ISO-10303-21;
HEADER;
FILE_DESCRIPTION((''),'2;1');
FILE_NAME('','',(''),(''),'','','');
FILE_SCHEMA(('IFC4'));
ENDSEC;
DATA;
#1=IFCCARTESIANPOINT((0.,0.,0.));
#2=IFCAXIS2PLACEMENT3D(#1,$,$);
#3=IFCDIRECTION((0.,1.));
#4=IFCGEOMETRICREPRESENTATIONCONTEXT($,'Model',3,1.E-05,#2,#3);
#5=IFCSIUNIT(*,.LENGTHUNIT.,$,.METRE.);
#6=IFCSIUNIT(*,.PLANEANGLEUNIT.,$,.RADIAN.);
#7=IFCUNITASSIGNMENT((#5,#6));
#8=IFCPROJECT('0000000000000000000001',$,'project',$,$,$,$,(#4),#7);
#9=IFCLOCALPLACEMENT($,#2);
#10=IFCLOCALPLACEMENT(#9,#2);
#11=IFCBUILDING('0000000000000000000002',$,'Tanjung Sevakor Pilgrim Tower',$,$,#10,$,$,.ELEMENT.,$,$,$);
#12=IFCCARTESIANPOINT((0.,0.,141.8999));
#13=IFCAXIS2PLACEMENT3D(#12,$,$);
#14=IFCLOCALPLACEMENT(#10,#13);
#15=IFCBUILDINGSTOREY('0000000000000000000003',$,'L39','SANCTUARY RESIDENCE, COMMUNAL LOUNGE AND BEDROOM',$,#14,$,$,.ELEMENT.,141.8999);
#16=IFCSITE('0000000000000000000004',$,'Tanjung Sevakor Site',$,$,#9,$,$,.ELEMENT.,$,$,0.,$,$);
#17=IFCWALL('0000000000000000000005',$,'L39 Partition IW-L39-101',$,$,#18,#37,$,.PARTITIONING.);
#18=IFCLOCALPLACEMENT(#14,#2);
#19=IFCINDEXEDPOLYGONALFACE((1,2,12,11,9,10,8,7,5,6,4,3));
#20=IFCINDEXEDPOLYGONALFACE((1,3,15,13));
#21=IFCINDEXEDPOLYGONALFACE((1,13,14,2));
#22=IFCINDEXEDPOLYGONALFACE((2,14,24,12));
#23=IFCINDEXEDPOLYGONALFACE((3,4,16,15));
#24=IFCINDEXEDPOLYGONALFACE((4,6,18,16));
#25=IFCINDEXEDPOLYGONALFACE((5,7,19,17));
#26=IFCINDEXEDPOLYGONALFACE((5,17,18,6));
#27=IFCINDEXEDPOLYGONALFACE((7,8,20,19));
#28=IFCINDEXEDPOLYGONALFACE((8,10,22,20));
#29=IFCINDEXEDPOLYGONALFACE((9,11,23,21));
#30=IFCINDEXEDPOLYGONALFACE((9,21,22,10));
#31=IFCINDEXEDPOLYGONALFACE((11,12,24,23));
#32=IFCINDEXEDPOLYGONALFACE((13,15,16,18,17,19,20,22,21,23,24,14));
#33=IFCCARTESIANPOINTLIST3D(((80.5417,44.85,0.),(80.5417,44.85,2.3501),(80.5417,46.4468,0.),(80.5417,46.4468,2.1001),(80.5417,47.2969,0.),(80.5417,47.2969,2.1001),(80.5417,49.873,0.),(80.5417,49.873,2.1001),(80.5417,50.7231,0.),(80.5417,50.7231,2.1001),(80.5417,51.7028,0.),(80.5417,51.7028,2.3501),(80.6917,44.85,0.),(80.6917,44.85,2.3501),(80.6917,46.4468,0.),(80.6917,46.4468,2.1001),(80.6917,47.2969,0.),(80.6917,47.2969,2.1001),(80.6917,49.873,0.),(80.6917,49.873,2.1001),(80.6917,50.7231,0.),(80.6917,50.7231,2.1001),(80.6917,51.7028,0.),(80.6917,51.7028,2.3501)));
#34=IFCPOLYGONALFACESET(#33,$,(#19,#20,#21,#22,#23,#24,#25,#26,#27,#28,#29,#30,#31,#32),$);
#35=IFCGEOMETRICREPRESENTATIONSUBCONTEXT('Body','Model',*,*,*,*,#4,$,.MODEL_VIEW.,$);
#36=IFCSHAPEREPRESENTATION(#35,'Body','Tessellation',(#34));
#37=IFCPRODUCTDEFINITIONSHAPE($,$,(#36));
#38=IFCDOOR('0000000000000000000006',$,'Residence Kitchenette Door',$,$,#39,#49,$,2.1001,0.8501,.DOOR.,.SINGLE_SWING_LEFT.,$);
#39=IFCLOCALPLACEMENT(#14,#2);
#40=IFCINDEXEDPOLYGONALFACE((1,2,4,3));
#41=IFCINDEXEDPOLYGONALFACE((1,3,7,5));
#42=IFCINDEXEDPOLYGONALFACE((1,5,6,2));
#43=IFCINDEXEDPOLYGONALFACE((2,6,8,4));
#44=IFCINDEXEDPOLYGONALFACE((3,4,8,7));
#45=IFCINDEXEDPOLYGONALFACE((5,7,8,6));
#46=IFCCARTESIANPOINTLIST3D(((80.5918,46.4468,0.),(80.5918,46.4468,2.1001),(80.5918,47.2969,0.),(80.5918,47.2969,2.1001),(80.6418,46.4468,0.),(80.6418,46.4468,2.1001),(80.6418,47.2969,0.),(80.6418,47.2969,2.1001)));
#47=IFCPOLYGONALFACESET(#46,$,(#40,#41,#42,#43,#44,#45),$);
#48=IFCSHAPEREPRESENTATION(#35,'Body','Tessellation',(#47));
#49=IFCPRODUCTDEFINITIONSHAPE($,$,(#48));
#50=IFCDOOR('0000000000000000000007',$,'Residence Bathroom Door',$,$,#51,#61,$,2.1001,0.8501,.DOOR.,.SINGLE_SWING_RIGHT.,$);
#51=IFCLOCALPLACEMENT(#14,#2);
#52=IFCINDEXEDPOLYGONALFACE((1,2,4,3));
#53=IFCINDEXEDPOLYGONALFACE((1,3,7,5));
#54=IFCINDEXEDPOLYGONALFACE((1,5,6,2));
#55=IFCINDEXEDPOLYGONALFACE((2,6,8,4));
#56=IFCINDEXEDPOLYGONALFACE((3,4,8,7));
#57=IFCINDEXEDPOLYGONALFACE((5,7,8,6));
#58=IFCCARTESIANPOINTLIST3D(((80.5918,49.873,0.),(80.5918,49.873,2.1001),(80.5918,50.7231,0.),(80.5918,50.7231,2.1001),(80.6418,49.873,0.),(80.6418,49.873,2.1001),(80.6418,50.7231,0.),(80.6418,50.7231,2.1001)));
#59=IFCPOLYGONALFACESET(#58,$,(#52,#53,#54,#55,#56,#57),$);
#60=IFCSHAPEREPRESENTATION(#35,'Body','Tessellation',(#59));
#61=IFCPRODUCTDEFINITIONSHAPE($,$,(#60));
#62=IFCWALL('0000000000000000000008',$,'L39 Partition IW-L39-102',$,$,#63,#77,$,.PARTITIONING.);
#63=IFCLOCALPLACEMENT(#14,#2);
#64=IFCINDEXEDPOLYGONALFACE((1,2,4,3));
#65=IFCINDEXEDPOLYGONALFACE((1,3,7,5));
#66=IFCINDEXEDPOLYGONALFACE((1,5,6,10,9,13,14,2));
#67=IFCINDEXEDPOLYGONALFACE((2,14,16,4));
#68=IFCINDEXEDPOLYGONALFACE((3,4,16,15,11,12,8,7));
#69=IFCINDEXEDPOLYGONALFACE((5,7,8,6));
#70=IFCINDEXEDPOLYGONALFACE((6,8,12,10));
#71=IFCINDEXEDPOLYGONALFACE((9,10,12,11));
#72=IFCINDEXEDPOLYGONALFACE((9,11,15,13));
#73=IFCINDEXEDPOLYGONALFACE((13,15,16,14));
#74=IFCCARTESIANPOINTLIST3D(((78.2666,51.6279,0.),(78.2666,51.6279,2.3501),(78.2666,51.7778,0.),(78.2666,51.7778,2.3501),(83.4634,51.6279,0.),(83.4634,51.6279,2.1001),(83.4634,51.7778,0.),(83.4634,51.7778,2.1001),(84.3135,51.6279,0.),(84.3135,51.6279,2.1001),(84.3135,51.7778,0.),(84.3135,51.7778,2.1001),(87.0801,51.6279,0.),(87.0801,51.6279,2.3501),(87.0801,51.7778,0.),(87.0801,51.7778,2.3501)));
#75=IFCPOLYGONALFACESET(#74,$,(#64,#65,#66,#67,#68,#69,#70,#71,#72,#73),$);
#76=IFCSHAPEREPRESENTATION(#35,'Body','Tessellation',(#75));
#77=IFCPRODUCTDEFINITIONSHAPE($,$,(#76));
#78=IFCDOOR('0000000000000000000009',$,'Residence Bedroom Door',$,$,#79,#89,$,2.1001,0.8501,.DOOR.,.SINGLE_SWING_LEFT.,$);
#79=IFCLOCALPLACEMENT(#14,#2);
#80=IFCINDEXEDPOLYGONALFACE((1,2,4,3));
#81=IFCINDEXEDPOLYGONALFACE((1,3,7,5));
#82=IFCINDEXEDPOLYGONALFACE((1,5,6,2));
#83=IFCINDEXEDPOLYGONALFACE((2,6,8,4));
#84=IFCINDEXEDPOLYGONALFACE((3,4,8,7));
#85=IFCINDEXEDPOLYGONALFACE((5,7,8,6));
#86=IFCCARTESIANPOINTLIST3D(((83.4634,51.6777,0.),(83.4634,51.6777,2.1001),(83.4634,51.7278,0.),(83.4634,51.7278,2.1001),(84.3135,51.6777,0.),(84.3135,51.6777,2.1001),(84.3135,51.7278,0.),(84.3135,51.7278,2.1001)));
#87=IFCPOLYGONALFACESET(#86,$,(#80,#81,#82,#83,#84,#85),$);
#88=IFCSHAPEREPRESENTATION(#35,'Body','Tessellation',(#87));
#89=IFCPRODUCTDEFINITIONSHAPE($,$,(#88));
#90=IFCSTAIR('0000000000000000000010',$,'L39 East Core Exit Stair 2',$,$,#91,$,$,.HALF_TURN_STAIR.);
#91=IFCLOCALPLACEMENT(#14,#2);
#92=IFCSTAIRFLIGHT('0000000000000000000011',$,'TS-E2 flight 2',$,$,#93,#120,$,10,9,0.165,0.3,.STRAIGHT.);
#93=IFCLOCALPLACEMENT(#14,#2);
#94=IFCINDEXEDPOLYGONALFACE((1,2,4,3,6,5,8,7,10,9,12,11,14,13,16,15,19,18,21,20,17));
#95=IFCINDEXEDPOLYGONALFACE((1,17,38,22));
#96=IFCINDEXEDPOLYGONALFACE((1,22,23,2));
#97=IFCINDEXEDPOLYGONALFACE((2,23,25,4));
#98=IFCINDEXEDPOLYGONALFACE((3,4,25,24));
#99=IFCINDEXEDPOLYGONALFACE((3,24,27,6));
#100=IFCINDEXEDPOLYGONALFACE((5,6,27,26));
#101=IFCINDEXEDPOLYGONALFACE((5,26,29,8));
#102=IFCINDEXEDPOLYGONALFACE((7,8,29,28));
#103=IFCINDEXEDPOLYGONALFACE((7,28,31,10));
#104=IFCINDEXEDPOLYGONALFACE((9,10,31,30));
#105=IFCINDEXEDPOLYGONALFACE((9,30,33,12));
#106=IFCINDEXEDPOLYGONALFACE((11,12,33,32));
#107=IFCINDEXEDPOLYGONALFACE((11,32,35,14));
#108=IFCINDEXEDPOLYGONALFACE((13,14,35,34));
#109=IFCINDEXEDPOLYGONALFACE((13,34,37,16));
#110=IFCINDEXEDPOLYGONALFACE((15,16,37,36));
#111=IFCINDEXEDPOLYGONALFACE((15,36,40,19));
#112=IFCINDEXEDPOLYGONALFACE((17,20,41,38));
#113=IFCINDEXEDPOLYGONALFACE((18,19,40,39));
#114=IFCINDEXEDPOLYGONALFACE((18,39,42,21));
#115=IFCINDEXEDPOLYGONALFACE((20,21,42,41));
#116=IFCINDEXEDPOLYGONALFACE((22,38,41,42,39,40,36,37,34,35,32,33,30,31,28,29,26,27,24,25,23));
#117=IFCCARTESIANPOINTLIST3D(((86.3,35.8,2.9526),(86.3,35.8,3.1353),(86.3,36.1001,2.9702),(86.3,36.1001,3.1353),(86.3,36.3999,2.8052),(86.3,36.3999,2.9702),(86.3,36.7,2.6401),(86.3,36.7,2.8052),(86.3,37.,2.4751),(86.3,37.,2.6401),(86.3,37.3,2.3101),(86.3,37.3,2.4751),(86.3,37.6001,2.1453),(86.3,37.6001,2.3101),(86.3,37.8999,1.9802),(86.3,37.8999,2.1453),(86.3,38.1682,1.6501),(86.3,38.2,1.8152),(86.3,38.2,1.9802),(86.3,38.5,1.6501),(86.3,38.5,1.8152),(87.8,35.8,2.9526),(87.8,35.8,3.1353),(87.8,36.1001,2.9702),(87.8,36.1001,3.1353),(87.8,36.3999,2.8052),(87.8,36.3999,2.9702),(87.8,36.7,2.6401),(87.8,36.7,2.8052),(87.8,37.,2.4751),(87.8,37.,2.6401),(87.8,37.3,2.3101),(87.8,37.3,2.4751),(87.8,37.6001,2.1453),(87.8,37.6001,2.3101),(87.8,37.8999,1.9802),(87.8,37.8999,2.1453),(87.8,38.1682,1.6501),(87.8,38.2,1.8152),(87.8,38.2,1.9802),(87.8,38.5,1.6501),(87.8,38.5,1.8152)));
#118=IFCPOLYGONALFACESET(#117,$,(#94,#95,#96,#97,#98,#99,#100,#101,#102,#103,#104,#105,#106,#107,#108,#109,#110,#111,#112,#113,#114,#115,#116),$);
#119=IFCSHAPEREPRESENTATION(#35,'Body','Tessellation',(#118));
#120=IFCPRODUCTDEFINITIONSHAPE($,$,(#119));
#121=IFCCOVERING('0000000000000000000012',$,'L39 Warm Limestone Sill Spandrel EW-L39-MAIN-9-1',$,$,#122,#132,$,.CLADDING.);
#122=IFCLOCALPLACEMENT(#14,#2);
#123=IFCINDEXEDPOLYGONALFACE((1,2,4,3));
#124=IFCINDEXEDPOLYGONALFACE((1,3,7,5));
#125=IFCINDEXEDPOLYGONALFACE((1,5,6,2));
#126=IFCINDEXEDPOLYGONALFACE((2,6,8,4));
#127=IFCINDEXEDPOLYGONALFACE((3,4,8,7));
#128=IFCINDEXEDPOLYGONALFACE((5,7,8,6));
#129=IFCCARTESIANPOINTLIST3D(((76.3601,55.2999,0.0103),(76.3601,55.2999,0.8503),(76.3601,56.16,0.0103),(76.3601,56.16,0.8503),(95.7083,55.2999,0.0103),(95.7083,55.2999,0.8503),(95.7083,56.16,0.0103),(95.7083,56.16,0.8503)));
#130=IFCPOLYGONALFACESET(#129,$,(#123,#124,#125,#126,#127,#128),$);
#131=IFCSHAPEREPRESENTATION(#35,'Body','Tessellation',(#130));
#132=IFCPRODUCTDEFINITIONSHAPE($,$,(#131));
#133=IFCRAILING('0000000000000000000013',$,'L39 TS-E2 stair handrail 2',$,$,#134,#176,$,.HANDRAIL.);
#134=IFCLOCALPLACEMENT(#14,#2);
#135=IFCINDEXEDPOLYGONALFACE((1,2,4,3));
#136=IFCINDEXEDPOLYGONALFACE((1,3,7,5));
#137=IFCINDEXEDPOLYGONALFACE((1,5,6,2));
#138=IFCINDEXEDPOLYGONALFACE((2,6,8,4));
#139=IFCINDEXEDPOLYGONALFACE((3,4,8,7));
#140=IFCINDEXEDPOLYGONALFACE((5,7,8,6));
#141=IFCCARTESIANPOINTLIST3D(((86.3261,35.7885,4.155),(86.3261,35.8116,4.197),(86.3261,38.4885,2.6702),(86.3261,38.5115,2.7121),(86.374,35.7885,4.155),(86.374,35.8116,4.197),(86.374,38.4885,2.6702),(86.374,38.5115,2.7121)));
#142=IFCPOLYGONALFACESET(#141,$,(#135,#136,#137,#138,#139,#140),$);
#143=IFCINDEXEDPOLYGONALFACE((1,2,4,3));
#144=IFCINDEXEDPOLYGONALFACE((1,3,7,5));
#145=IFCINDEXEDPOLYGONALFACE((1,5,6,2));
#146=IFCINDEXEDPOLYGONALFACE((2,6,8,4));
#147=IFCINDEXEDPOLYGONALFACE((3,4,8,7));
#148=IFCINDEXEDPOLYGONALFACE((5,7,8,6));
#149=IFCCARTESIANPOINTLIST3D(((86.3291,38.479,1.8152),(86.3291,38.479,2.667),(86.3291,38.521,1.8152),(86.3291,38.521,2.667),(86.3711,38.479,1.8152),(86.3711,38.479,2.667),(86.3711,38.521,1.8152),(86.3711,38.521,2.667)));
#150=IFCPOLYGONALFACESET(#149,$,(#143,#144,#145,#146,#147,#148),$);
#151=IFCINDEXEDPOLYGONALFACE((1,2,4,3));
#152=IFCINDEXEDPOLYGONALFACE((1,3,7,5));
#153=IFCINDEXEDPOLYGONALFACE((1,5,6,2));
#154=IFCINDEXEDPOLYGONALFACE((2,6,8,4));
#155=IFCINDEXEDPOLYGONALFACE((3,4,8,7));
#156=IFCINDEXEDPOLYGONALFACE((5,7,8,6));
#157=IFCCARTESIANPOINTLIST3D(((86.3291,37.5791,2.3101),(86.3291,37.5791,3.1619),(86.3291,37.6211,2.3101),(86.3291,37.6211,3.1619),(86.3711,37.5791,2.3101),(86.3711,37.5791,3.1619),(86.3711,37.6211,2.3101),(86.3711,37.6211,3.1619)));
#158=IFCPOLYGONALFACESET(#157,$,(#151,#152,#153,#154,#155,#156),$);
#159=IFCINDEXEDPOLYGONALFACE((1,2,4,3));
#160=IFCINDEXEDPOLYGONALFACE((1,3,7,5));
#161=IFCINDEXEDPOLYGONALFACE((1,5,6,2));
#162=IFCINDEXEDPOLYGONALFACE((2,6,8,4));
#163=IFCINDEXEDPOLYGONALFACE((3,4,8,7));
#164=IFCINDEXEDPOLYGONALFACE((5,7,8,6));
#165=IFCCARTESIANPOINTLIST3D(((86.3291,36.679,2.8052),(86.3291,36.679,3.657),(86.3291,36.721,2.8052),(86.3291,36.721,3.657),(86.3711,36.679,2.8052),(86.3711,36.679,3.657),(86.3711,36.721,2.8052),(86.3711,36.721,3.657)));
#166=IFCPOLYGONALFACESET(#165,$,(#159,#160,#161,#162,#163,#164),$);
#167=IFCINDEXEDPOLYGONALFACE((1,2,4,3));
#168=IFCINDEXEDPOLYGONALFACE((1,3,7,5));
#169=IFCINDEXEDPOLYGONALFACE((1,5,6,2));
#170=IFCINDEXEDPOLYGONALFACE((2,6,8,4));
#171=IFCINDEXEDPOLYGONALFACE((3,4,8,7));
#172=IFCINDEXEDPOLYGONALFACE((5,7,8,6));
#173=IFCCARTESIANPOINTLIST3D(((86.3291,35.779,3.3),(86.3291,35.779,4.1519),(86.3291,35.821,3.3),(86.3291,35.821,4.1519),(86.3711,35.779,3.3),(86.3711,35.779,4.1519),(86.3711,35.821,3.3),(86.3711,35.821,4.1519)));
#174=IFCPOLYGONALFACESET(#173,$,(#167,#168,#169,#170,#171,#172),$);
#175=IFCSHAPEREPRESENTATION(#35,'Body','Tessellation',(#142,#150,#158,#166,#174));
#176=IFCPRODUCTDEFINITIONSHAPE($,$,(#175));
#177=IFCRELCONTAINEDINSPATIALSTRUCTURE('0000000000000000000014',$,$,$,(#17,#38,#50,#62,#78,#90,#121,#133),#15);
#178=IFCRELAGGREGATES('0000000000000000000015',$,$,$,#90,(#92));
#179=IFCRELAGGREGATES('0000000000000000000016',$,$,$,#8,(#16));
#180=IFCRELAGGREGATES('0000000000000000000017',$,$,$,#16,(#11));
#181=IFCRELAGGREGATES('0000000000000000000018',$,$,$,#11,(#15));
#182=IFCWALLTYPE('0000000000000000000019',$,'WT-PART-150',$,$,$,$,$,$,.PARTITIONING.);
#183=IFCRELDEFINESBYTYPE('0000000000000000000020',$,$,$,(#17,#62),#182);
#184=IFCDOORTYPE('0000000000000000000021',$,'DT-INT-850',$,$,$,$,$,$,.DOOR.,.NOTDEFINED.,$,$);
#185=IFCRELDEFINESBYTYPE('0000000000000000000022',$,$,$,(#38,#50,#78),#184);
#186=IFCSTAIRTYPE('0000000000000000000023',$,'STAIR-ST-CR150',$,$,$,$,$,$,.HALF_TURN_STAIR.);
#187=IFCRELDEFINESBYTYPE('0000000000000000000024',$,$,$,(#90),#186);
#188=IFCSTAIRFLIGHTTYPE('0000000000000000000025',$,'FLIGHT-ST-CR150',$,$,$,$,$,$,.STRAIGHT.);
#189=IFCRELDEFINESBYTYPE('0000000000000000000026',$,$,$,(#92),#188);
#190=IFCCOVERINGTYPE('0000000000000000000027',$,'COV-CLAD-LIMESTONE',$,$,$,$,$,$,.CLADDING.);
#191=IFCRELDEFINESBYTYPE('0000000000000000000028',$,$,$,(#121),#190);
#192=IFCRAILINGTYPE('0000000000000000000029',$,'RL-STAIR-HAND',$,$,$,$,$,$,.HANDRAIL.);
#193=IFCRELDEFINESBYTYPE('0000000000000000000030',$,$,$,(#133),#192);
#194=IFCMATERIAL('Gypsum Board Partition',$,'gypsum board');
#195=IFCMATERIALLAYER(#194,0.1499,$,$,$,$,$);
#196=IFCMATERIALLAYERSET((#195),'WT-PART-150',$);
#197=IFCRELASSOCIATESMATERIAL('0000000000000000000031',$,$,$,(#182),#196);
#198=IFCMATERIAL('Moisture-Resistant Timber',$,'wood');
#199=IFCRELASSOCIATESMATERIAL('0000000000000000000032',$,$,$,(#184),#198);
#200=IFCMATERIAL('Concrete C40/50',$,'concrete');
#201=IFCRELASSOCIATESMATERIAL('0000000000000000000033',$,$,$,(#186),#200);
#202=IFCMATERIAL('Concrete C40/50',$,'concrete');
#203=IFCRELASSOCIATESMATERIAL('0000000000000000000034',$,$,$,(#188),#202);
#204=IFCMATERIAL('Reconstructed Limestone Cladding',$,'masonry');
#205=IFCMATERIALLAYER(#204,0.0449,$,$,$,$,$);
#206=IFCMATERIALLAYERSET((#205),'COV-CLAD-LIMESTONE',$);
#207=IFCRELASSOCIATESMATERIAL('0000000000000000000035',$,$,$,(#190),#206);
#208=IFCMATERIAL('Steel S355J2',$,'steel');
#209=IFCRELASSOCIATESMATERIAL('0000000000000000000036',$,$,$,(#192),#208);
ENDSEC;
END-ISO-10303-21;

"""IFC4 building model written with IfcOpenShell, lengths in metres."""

from ifc_helpers import new_model, si_unit, direction, frame, frame_2d, origin, origin_2d, place, context, subcontext, project, spatial, polyline, rectangle, outline, extrude, material, layer, layer_set, type_object, element, fill, aggregate, save


model = new_model("IFC4")

# Units and contexts
model_context = context("Model", 3, precision=1e-05, world=origin(), true_north=direction((0.0, 1.0)))
body_context = subcontext(model_context, "Body", "Model", "MODEL_VIEW")
ifc_project = project(units=[si_unit("LENGTHUNIT", "METRE"), si_unit("PLANEANGLEUNIT", "RADIAN")], contexts=[model_context])

# Site, building, storey
site_placement = place(None, origin())
site = spatial("IfcSite", under=ifc_project, at=site_placement, Name="Tanjung Sevakor Site", CompositionType="ELEMENT", RefElevation=0.0)
building_placement = place(site_placement, origin())
building = spatial("IfcBuilding", under=site, at=building_placement, Name="Tanjung Sevakor Pilgrim Tower", CompositionType="ELEMENT")
storey_placement = place(building_placement, frame((0.0, 0.0, 141.8999)))
storey = spatial("IfcBuildingStorey", under=building, at=storey_placement, Name="L39", Description="SANCTUARY RESIDENCE, COMMUNAL LOUNGE AND BEDROOM", CompositionType="ELEMENT", Elevation=141.8999)

# Shared definitions
ifc_material_1 = material(Name="Gypsum Board Partition", Category="gypsum board")
ifc_layer_1 = layer(ifc_material_1, 0.1499)
ifc_layer_set_1 = layer_set([ifc_layer_1], Name="WT-PART-150")
wall_type_1 = type_object("IfcWallType", Name="WT-PART-150", PredefinedType="PARTITIONING", material=ifc_layer_set_1)

# Wall, openings, doors
wall_1_placement = place(storey_placement, frame((80.6167, 44.8501, 0.0), z_axis=(0.0, 0.0, 1.0), x_axis=(0.0, 1.0, 0.0)))
wall_1 = element("IfcWall", 1, at=wall_1_placement, inside=storey, type_object=wall_type_1, Name="L39 Partition IW-L39-101", PredefinedType="PARTITIONING", context=body_context, shape_type="SweptSolid", body=[
    extrude(rectangle(XDim=6.8528, YDim=0.1499, at=frame_2d((3.4263, 0.0))), origin(), (0.0, 0.0, 1.0), 2.3501),
])
opening_1_placement = place(wall_1_placement, frame((1.5967, 0.0, 0.0)))
opening_1 = element("IfcOpeningElement", 2, at=opening_1_placement, cuts=wall_1, PredefinedType="OPENING", context=body_context, shape_type="SweptSolid", body=[
    extrude(rectangle(XDim=0.8501, YDim=2.1001, at=frame_2d((0.425, 1.05))), frame((0.0, 0.085, 0.0), z_axis=(0.0, -1.0, 0.0), x_axis=(1.0, 0.0, 0.0)), (0.0, 0.0, 1.0), 0.1699),
])
opening_2_placement = place(wall_1_placement, frame((5.0229, 0.0, 0.0)))
opening_2 = element("IfcOpeningElement", 3, at=opening_2_placement, cuts=wall_1, PredefinedType="OPENING", context=body_context, shape_type="SweptSolid", body=[
    extrude(rectangle(XDim=0.8501, YDim=2.1001, at=frame_2d((0.425, 1.05))), frame((0.0, 0.085, 0.0), z_axis=(0.0, -1.0, 0.0), x_axis=(1.0, 0.0, 0.0)), (0.0, 0.0, 1.0), 0.1699),
])
ifc_material_2 = material(Name="Moisture-Resistant Timber", Category="wood")
door_type_1 = type_object("IfcDoorType", Name="DT-INT-850", OperationType="NOTDEFINED", PredefinedType="DOOR", material=ifc_material_2)
door_1_placement = place(opening_1_placement, origin())
door_1 = element("IfcDoor", 4, at=door_1_placement, inside=storey, type_object=door_type_1, Name="Residence Kitchenette Door", OperationType="SINGLE_SWING_LEFT", OverallHeight=2.1001, OverallWidth=0.8501, PredefinedType="DOOR", context=body_context, shape_type="SweptSolid", body=[
    extrude(rectangle(XDim=0.8501, YDim=2.1001, at=frame_2d((0.425, 1.05))), frame((0.0, 0.0249, 0.0), z_axis=(0.0, -1.0, 0.0), x_axis=(1.0, 0.0, 0.0)), (0.0, 0.0, 1.0), 0.05),
])
fill(opening_1, door_1)
door_2_placement = place(opening_2_placement, origin())
door_2 = element("IfcDoor", 5, at=door_2_placement, inside=storey, type_object=door_type_1, Name="Residence Bathroom Door", OperationType="SINGLE_SWING_RIGHT", OverallHeight=2.1001, OverallWidth=0.8501, PredefinedType="DOOR", context=body_context, shape_type="SweptSolid", body=[
    extrude(rectangle(XDim=0.8501, YDim=2.1001, at=frame_2d((0.425, 1.05))), frame((0.0, 0.0249, 0.0), z_axis=(0.0, -1.0, 0.0), x_axis=(1.0, 0.0, 0.0)), (0.0, 0.0, 1.0), 0.05),
])
fill(opening_2, door_2)

# Wall, opening, door
wall_2_placement = place(storey_placement, frame((78.2666, 51.7029, 0.0), z_axis=(0.0, 0.0, 1.0), x_axis=(1.0, 0.0, 0.0)))
wall_2 = element("IfcWall", 6, at=wall_2_placement, inside=storey, type_object=wall_type_1, Name="L39 Partition IW-L39-102", PredefinedType="PARTITIONING", context=body_context, shape_type="SweptSolid", body=[
    extrude(rectangle(XDim=8.8135, YDim=0.1499, at=frame_2d((4.4067, 0.0))), origin(), (0.0, 0.0, 1.0), 2.3501),
])
opening_3_placement = place(wall_2_placement, frame((5.1968, 0.0, 0.0)))
opening_3 = element("IfcOpeningElement", 7, at=opening_3_placement, cuts=wall_2, PredefinedType="OPENING", context=body_context, shape_type="SweptSolid", body=[
    extrude(rectangle(XDim=0.8501, YDim=2.1001, at=frame_2d((0.425, 1.05))), frame((0.0, 0.085, 0.0), z_axis=(0.0, -1.0, 0.0), x_axis=(1.0, 0.0, 0.0)), (0.0, 0.0, 1.0), 0.1699),
])
door_3_placement = place(opening_3_placement, origin())
door_3 = element("IfcDoor", 8, at=door_3_placement, inside=storey, type_object=door_type_1, Name="Residence Bedroom Door", OperationType="SINGLE_SWING_LEFT", OverallHeight=2.1001, OverallWidth=0.8501, PredefinedType="DOOR", context=body_context, shape_type="SweptSolid", body=[
    extrude(rectangle(XDim=0.8501, YDim=2.1001, at=frame_2d((0.425, 1.05))), frame((0.0, 0.0249, 0.0), z_axis=(0.0, -1.0, 0.0), x_axis=(1.0, 0.0, 0.0)), (0.0, 0.0, 1.0), 0.05),
])
fill(opening_3, door_3)

# Stair, stair flight
ifc_material_3 = material(Name="Concrete C40/50", Category="concrete")
stair_type = type_object("IfcStairType", Name="STAIR-ST-CR150", PredefinedType="HALF_TURN_STAIR", material=ifc_material_3)
stair_placement = place(storey_placement, origin())
stair = element("IfcStair", 9, at=stair_placement, inside=storey, type_object=stair_type, Name="L39 East Core Exit Stair 2", PredefinedType="HALF_TURN_STAIR")
ifc_material_4 = material(Name="Concrete C40/50", Category="concrete")
stair_flight_type = type_object("IfcStairFlightType", Name="FLIGHT-ST-CR150", PredefinedType="STRAIGHT", material=ifc_material_4)
stair_flight_placement = place(storey_placement, frame((87.05, 38.5, 1.6501), z_axis=(0.0, 0.0, 1.0), x_axis=(0.0, -1.0, 0.0)))
stair_flight = element("IfcStairFlight", 10, at=stair_flight_placement, type_object=stair_flight_type, Name="TS-E2 flight 2", NumberOfRisers=10, NumberOfTreads=9, PredefinedType="STRAIGHT", RiserHeight=0.165, TreadLength=0.3, context=body_context, shape_type="SweptSolid", body=[
    extrude(outline(polyline([(0.0, 0.0), (0.0, 0.165), (0.3, 0.165), (0.3, 0.3301), (0.6001, 0.3301), (0.6001, 0.4951), (0.8999, 0.4951), (0.8999, 0.6599), (1.2, 0.6599), (1.2, 0.825), (1.5, 0.825), (1.5, 0.99), (1.8, 0.99), (1.8, 1.155), (2.1001, 1.155), (2.1001, 1.3201), (2.3999, 1.3201), (2.3999, 1.4851), (2.7, 1.4851), (2.7, 1.6499), (2.7, 1.3025), (0.3318, 0.0), (0.0, 0.0)])), frame((0.0, 0.75, 0.0), z_axis=(0.0, -1.0, 0.0), x_axis=(1.0, 0.0, 0.0)), (0.0, 0.0, 1.0), 1.5),
])
aggregate(stair, [stair_flight])

# Covering
ifc_material_5 = material(Name="Reconstructed Limestone Cladding", Category="masonry")
ifc_layer_2 = layer(ifc_material_5, 0.0449)
ifc_layer_set_2 = layer_set([ifc_layer_2], Name="COV-CLAD-LIMESTONE")
covering_type = type_object("IfcCoveringType", Name="COV-CLAD-LIMESTONE", PredefinedType="CLADDING", material=ifc_layer_set_2)
covering_placement = place(storey_placement, frame((86.0342, 55.73, 0.0103), z_axis=(0.0, 0.0, 1.0), x_axis=(-1.0, 0.0, 0.0)))
element("IfcCovering", 11, at=covering_placement, inside=storey, type_object=covering_type, Name="L39 Warm Limestone Sill Spandrel EW-L39-MAIN-9-1", PredefinedType="CLADDING", context=body_context, shape_type="SweptSolid", body=[
    extrude(rectangle(XDim=19.3481, YDim=0.8601, at=origin_2d()), origin(), (0.0, 0.0, 1.0), 0.8401),
])

# Railing
ifc_material_6 = material(Name="Steel S355J2", Category="steel")
railing_type = type_object("IfcRailingType", Name="RL-STAIR-HAND", PredefinedType="HANDRAIL", material=ifc_material_6)
railing_placement = place(storey_placement, frame((86.3501, 38.5, 1.8152)))
element("IfcRailing", 12, at=railing_placement, inside=storey, type_object=railing_type, Name="L39 TS-E2 stair handrail 2", PredefinedType="HANDRAIL", context=body_context, shape_type="SweptSolid", body=[
    extrude(rectangle(XDim=0.0479, YDim=0.0479), frame((0.0, 0.0, 0.876), z_axis=(0.0, -0.876231, 0.481891), x_axis=(1.0, 0.0, 0.0)), (0.0, 0.0, 1.0), 3.0813),
    extrude(rectangle(XDim=0.042, YDim=0.042), origin(), (0.0, 0.0, 1.0), 0.8518),
    extrude(rectangle(XDim=0.042, YDim=0.042), frame((0.0, -0.8999, 0.4949)), (0.0, 0.0, 1.0), 0.8518),
    extrude(rectangle(XDim=0.042, YDim=0.042), frame((0.0, -1.8, 0.99)), (0.0, 0.0, 1.0), 0.8518),
    extrude(rectangle(XDim=0.042, YDim=0.042), frame((0.0, -2.7, 1.4849)), (0.0, 0.0, 1.0), 0.8518),
])

save(model, "model.ifc")
